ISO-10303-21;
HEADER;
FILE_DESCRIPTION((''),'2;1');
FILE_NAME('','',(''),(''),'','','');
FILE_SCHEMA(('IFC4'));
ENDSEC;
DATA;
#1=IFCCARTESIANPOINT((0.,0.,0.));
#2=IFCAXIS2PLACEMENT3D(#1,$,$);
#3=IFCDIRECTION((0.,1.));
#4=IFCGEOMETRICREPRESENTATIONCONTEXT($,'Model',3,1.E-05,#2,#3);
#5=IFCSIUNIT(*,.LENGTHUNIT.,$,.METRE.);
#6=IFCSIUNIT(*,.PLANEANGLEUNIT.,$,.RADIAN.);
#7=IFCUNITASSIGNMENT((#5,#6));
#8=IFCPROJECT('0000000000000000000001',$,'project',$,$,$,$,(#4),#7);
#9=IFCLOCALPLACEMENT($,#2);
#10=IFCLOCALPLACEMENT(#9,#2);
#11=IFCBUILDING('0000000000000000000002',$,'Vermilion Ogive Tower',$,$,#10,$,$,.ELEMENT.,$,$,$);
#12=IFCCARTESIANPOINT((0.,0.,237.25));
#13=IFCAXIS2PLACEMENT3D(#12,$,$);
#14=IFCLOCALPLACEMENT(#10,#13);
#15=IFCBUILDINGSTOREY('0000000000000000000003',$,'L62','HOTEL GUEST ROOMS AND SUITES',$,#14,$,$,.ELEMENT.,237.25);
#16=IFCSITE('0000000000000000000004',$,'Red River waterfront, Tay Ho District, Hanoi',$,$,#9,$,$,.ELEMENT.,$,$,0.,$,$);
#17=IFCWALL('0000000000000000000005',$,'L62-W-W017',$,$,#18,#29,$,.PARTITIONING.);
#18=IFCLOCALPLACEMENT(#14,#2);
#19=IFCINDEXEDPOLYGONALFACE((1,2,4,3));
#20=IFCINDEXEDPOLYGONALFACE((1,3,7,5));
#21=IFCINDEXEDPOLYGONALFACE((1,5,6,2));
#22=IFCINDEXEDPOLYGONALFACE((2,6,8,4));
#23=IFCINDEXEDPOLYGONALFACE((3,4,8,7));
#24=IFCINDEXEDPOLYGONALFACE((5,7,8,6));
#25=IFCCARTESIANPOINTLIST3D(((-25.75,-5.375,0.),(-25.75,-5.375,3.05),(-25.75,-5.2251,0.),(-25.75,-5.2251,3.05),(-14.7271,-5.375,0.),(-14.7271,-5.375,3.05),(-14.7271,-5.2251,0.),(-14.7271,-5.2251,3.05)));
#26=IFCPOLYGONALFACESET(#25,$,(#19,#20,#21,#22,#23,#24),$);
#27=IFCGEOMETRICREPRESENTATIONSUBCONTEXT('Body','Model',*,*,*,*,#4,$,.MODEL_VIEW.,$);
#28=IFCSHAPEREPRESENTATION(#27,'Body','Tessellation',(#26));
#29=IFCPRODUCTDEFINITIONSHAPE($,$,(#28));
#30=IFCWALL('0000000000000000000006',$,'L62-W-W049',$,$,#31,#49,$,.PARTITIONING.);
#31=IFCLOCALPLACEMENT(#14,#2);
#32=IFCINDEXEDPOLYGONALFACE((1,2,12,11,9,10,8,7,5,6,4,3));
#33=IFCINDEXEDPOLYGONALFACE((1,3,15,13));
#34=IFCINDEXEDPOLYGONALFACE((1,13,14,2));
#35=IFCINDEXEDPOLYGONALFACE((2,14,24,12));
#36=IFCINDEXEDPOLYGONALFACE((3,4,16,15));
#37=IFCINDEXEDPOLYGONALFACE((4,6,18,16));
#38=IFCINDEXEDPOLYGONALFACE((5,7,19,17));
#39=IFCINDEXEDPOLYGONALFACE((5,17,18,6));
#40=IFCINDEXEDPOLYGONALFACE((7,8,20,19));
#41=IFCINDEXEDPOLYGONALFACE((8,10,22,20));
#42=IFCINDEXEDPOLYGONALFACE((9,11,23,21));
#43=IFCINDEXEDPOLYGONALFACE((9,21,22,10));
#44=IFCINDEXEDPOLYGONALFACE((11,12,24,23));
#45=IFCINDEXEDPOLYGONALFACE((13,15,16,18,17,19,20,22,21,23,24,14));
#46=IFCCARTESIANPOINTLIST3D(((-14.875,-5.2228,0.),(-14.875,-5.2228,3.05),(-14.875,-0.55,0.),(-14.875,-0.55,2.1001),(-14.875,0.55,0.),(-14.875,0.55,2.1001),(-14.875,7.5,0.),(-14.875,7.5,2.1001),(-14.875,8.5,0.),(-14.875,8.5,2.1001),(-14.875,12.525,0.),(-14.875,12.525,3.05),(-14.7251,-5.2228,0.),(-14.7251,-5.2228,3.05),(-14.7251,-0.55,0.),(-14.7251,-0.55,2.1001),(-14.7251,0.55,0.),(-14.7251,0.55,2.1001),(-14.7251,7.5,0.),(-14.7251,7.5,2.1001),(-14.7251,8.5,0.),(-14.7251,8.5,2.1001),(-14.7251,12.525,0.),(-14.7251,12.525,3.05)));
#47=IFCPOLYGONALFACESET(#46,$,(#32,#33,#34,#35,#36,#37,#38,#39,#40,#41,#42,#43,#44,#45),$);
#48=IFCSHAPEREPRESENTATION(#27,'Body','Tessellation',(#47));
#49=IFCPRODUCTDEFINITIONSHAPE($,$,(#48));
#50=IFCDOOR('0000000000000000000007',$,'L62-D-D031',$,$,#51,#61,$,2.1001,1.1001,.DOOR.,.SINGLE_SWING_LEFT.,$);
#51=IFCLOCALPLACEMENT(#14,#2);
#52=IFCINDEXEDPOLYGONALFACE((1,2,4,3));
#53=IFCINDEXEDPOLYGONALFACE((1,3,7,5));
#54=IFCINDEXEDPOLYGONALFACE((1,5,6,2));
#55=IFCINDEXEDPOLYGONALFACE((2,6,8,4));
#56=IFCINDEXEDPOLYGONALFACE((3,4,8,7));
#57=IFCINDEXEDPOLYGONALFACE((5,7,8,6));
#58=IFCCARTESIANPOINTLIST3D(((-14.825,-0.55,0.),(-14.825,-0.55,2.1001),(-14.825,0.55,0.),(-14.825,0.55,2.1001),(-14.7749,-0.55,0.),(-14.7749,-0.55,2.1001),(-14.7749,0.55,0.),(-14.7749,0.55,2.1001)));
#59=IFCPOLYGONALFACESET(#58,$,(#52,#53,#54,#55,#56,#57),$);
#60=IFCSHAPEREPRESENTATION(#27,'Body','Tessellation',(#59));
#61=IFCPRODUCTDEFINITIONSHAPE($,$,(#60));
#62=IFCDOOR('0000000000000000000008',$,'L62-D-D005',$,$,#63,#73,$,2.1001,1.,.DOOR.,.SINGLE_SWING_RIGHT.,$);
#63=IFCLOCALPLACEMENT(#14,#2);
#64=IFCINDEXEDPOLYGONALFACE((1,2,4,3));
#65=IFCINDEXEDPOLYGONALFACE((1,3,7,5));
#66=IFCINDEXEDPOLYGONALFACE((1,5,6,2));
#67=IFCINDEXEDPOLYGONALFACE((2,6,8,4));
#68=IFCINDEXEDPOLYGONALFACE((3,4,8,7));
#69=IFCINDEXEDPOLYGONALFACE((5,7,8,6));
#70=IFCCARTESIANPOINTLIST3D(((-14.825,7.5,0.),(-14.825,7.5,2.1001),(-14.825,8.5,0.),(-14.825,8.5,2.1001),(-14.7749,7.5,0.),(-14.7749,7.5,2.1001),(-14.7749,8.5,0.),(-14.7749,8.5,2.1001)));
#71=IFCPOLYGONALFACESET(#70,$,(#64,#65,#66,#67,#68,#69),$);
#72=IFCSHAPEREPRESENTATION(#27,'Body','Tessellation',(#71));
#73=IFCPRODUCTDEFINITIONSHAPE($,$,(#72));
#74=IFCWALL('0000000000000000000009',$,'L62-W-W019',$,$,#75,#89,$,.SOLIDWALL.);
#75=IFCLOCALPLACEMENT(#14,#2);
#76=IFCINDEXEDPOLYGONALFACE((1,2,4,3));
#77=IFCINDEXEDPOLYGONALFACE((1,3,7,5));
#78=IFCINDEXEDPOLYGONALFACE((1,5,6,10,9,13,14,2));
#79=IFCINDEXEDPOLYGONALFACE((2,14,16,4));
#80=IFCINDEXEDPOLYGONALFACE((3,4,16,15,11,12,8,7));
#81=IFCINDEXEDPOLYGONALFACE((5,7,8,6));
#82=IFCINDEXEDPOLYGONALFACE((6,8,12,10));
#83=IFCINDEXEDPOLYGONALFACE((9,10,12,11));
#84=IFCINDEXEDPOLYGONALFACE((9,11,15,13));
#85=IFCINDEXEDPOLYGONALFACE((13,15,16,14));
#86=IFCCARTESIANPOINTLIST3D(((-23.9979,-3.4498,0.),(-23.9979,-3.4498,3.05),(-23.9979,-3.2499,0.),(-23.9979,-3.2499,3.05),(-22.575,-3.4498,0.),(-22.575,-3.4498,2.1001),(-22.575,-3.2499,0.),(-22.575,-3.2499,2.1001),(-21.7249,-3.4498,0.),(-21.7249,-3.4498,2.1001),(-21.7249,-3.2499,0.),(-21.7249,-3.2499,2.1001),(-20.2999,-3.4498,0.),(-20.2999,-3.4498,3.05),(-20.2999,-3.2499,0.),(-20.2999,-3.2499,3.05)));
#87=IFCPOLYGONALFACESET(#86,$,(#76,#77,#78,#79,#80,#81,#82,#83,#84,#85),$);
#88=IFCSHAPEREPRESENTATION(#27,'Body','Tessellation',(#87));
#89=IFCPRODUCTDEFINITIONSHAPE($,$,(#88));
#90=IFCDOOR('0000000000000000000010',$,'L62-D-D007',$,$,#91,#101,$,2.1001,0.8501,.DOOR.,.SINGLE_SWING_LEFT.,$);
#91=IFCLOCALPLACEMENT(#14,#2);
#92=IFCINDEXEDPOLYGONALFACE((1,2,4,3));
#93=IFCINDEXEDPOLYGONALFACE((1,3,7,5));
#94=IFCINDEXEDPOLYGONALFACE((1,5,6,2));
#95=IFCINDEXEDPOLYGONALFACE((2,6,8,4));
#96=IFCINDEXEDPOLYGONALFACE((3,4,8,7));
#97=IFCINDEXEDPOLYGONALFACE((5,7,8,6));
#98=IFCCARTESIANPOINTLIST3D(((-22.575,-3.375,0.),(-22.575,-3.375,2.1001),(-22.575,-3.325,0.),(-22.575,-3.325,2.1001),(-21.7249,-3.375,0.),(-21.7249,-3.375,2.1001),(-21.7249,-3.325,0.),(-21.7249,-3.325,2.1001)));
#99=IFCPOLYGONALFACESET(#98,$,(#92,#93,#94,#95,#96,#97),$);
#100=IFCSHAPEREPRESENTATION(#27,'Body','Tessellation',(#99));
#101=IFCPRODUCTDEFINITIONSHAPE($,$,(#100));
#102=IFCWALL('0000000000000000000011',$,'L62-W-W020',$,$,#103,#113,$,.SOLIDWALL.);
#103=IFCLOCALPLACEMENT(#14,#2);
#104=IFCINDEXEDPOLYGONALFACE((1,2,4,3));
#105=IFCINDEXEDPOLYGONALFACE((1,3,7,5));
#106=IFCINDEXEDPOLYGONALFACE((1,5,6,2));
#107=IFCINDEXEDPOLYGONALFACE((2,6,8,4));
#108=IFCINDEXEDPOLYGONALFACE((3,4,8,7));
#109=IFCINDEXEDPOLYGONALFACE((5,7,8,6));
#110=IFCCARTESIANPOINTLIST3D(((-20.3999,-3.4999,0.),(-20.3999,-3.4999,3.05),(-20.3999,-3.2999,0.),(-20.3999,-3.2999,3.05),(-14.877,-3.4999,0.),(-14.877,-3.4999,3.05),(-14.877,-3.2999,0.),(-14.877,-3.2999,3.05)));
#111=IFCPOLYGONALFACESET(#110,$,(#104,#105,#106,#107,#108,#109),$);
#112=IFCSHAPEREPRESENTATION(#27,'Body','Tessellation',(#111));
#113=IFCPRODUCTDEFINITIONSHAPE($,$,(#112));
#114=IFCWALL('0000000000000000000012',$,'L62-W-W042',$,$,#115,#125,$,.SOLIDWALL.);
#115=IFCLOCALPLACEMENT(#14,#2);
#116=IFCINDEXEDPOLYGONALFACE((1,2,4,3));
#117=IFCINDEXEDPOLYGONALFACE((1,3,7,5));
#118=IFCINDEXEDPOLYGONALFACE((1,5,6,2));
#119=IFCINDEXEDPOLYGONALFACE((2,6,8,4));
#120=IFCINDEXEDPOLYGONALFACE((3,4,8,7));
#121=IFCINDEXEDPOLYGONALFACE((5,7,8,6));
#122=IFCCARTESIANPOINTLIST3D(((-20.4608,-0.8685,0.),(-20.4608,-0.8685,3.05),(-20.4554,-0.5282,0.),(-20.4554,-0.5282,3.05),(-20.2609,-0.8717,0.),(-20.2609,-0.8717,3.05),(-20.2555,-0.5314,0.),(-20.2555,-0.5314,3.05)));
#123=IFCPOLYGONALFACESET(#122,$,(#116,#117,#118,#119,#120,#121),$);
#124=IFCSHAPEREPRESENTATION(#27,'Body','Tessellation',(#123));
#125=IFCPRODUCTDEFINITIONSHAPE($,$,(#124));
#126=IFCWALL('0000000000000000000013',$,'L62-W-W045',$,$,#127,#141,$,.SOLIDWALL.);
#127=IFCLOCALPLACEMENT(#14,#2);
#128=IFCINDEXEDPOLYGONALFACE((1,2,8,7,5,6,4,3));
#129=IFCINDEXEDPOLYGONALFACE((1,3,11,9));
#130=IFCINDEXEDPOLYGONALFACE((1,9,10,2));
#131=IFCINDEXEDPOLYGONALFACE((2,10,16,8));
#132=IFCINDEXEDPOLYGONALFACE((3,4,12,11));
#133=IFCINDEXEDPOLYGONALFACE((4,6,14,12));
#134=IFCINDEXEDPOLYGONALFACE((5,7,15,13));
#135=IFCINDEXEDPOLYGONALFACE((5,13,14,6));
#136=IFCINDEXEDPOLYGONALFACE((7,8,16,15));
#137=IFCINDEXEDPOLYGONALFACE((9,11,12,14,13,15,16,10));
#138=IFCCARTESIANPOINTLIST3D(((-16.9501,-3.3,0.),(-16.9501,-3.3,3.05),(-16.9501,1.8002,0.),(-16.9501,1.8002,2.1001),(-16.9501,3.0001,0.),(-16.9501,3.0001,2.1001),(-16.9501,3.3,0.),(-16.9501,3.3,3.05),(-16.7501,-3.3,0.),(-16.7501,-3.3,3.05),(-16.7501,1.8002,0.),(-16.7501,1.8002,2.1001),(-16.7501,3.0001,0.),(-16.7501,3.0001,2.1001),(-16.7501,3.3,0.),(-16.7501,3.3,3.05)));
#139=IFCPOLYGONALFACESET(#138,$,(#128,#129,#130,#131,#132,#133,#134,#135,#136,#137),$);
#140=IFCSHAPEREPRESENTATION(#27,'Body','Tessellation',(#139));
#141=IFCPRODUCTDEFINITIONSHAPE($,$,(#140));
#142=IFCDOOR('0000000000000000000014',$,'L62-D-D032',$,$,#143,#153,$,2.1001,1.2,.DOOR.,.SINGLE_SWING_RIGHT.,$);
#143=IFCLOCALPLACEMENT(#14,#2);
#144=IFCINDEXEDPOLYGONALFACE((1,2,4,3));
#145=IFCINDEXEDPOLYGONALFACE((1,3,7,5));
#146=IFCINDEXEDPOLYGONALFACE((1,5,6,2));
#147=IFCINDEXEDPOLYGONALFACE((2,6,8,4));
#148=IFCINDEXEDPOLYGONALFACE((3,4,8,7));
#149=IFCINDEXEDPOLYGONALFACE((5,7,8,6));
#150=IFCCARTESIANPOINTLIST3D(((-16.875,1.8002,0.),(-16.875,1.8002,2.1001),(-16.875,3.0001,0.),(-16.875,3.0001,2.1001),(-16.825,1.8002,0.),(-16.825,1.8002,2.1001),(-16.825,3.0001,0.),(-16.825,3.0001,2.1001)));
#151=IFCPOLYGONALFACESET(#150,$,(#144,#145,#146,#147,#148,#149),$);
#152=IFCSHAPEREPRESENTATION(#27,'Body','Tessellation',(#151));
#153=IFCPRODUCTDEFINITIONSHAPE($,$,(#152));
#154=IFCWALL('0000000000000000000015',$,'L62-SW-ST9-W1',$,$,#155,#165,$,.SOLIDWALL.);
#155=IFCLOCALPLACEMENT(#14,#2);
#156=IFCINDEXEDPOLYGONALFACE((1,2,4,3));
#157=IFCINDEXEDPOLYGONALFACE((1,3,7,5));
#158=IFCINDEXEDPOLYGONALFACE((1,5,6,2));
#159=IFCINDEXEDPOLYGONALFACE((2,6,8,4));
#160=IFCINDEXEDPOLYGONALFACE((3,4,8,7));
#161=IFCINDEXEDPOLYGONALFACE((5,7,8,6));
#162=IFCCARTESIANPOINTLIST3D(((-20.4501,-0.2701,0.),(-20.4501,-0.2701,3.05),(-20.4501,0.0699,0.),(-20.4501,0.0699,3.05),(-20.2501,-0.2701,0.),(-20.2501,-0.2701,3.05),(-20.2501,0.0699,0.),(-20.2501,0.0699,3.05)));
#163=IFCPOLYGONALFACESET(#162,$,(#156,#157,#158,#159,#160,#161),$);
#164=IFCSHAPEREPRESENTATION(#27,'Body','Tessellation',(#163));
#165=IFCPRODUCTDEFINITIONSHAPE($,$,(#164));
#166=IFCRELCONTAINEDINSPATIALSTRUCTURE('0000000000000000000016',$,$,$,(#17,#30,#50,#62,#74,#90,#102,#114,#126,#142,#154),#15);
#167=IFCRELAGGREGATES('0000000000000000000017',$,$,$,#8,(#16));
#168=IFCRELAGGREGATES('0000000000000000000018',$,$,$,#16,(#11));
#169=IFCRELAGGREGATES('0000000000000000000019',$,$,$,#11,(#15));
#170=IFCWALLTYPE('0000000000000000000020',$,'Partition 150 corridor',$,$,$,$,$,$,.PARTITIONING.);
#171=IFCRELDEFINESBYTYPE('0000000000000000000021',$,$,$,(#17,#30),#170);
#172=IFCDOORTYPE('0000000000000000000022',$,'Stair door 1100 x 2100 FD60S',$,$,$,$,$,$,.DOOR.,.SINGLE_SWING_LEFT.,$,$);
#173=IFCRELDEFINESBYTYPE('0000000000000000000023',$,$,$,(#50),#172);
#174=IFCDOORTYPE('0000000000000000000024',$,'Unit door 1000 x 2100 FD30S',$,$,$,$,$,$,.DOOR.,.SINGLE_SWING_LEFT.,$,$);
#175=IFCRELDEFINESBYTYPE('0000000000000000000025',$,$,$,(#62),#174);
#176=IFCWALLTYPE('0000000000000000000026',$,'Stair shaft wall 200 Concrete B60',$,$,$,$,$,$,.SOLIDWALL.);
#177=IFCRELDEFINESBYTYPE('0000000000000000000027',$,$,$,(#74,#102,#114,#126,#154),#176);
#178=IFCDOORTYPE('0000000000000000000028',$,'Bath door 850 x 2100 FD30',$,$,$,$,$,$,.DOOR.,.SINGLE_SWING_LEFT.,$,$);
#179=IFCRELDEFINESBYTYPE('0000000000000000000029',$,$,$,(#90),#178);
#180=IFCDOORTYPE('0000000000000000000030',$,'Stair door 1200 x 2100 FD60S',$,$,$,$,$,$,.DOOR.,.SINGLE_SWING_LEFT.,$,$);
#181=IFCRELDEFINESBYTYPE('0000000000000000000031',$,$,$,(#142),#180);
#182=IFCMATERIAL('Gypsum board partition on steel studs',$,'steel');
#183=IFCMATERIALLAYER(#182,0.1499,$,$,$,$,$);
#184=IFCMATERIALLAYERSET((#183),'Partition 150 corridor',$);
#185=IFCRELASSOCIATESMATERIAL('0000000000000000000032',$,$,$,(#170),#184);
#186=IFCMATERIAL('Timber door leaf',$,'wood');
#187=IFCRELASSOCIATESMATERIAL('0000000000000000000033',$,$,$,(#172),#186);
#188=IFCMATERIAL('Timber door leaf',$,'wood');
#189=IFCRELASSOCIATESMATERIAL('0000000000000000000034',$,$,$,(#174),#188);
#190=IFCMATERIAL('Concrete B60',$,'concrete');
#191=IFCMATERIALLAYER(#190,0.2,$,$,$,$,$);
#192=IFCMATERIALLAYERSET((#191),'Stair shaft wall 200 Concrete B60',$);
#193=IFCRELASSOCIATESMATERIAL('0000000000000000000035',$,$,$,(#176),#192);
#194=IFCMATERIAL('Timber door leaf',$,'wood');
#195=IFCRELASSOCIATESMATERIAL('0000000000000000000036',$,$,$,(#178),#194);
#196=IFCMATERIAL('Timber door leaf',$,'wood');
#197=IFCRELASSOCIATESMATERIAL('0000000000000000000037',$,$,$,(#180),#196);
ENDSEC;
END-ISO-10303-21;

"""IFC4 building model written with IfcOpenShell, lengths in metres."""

from ifc_helpers import new_model, si_unit, direction, frame, frame_2d, origin, place, context, subcontext, project, spatial, rectangle, extrude, material, layer, layer_set, type_object, element, fill, save


model = new_model("IFC4")

# Units and contexts
model_context = context("Model", 3, precision=1e-05, world=origin(), true_north=direction((0.0, 1.0)))
body_context = subcontext(model_context, "Body", "Model", "MODEL_VIEW")
ifc_project = project(units=[si_unit("LENGTHUNIT", "METRE"), si_unit("PLANEANGLEUNIT", "RADIAN")], contexts=[model_context])

# Site, building, storey
site_placement = place(None, origin())
site = spatial("IfcSite", under=ifc_project, at=site_placement, Name="Red River waterfront, Tay Ho District, Hanoi", CompositionType="ELEMENT", RefElevation=0.0)
building_placement = place(site_placement, origin())
building = spatial("IfcBuilding", under=site, at=building_placement, Name="Vermilion Ogive Tower", CompositionType="ELEMENT")
storey_placement = place(building_placement, frame((0.0, 0.0, 237.25)))
storey = spatial("IfcBuildingStorey", under=building, at=storey_placement, Name="L62", Description="HOTEL GUEST ROOMS AND SUITES", CompositionType="ELEMENT", Elevation=237.25)

# Wall
ifc_material_1 = material(Name="Gypsum board partition on steel studs", Category="steel")
ifc_layer_1 = layer(ifc_material_1, 0.1499)
ifc_layer_set_1 = layer_set([ifc_layer_1], Name="Partition 150 corridor")
wall_type_1 = type_object("IfcWallType", Name="Partition 150 corridor", PredefinedType="PARTITIONING", material=ifc_layer_set_1)
wall_1_placement = place(storey_placement, frame((-25.75, -5.3, 0.0), z_axis=(0.0, 0.0, 1.0), x_axis=(1.0, 0.0, 0.0)))
element("IfcWall", 1, at=wall_1_placement, inside=storey, type_object=wall_type_1, Name="L62-W-W017", PredefinedType="PARTITIONING", context=body_context, shape_type="SweptSolid", body=[
    extrude(rectangle(XDim=11.0229, YDim=0.1499, at=frame_2d((5.5115, 0.0))), origin(), (0.0, 0.0, 1.0), 3.05),
])

# Wall, openings, doors
wall_2_placement = place(storey_placement, frame((-14.8, -5.2229, 0.0), z_axis=(0.0, 0.0, 1.0), x_axis=(0.0, 1.0, 0.0)))
wall_2 = element("IfcWall", 2, at=wall_2_placement, inside=storey, type_object=wall_type_1, Name="L62-W-W049", PredefinedType="PARTITIONING", context=body_context, shape_type="SweptSolid", body=[
    extrude(rectangle(XDim=17.7478, YDim=0.1499, at=frame_2d((8.874, 0.0))), origin(), (0.0, 0.0, 1.0), 3.05),
])
opening_1_placement = place(wall_2_placement, frame((12.7229, 0.0, 0.0)))
opening_1 = element("IfcOpeningElement", 3, at=opening_1_placement, cuts=wall_2, PredefinedType="OPENING", context=body_context, shape_type="SweptSolid", body=[
    extrude(rectangle(XDim=1.0, YDim=2.1001, at=frame_2d((0.5, 1.05))), frame((0.0, 0.085, 0.0), z_axis=(0.0, -1.0, 0.0), x_axis=(1.0, 0.0, 0.0)), (0.0, 0.0, 1.0), 0.1699),
])
opening_2_placement = place(wall_2_placement, frame((4.6729, 0.0, 0.0)))
opening_2 = element("IfcOpeningElement", 4, at=opening_2_placement, cuts=wall_2, PredefinedType="OPENING", context=body_context, shape_type="SweptSolid", body=[
    extrude(rectangle(XDim=1.1001, YDim=2.1001, at=frame_2d((0.55, 1.05))), frame((0.0, 0.085, 0.0), z_axis=(0.0, -1.0, 0.0), x_axis=(1.0, 0.0, 0.0)), (0.0, 0.0, 1.0), 0.1699),
])
ifc_material_2 = material(Name="Timber door leaf", Category="wood")
door_type_1 = type_object("IfcDoorType", Name="Stair door 1100 x 2100 FD60S", OperationType="SINGLE_SWING_LEFT", PredefinedType="DOOR", material=ifc_material_2)
door_1_placement = place(opening_2_placement, origin())
door_1 = element("IfcDoor", 5, at=door_1_placement, inside=storey, type_object=door_type_1, Name="L62-D-D031", OperationType="SINGLE_SWING_LEFT", OverallHeight=2.1001, OverallWidth=1.1001, PredefinedType="DOOR", context=body_context, shape_type="SweptSolid", body=[
    extrude(rectangle(XDim=1.1001, YDim=2.1001, at=frame_2d((0.55, 1.05))), frame((0.0, 0.0249, 0.0), z_axis=(0.0, -1.0, 0.0), x_axis=(1.0, 0.0, 0.0)), (0.0, 0.0, 1.0), 0.05),
])
fill(opening_2, door_1)
ifc_material_3 = material(Name="Timber door leaf", Category="wood")
door_type_2 = type_object("IfcDoorType", Name="Unit door 1000 x 2100 FD30S", OperationType="SINGLE_SWING_LEFT", PredefinedType="DOOR", material=ifc_material_3)
door_2_placement = place(opening_1_placement, origin())
door_2 = element("IfcDoor", 6, at=door_2_placement, inside=storey, type_object=door_type_2, Name="L62-D-D005", OperationType="SINGLE_SWING_RIGHT", OverallHeight=2.1001, OverallWidth=1.0, PredefinedType="DOOR", context=body_context, shape_type="SweptSolid", body=[
    extrude(rectangle(XDim=1.0, YDim=2.1001, at=frame_2d((0.5, 1.05))), frame((0.0, 0.0249, 0.0), z_axis=(0.0, -1.0, 0.0), x_axis=(1.0, 0.0, 0.0)), (0.0, 0.0, 1.0), 0.05),
])
fill(opening_1, door_2)

# Wall, opening, door
ifc_material_4 = material(Name="Concrete B60", Category="concrete")
ifc_layer_2 = layer(ifc_material_4, 0.2)
ifc_layer_set_2 = layer_set([ifc_layer_2], Name="Stair shaft wall 200 Concrete B60")
wall_type_2 = type_object("IfcWallType", Name="Stair shaft wall 200 Concrete B60", PredefinedType="SOLIDWALL", material=ifc_layer_set_2)
wall_3_placement = place(storey_placement, frame((-23.998, -3.3499, 0.0), z_axis=(0.0, 0.0, 1.0), x_axis=(1.0, 0.0, 0.0)))
wall_3 = element("IfcWall", 7, at=wall_3_placement, inside=storey, type_object=wall_type_2, Name="L62-W-W019", PredefinedType="SOLIDWALL", context=body_context, shape_type="SweptSolid", body=[
    extrude(rectangle(XDim=3.698, YDim=0.2, at=frame_2d((1.8491, 0.0))), origin(), (0.0, 0.0, 1.0), 3.05),
])
opening_3_placement = place(wall_3_placement, frame((1.4231, 0.0, 0.0)))
opening_3 = element("IfcOpeningElement", 8, at=opening_3_placement, cuts=wall_3, PredefinedType="OPENING", context=body_context, shape_type="SweptSolid", body=[
    extrude(rectangle(XDim=0.8501, YDim=2.1001, at=frame_2d((0.425, 1.05))), frame((0.0, 0.1099, 0.0), z_axis=(0.0, -1.0, 0.0), x_axis=(1.0, 0.0, 0.0)), (0.0, 0.0, 1.0), 0.22),
])
ifc_material_5 = material(Name="Timber door leaf", Category="wood")
door_type_3 = type_object("IfcDoorType", Name="Bath door 850 x 2100 FD30", OperationType="SINGLE_SWING_LEFT", PredefinedType="DOOR", material=ifc_material_5)
door_3_placement = place(opening_3_placement, origin())
door_3 = element("IfcDoor", 9, at=door_3_placement, inside=storey, type_object=door_type_3, Name="L62-D-D007", OperationType="SINGLE_SWING_LEFT", OverallHeight=2.1001, OverallWidth=0.8501, PredefinedType="DOOR", context=body_context, shape_type="SweptSolid", body=[
    extrude(rectangle(XDim=0.8501, YDim=2.1001, at=frame_2d((0.425, 1.05))), frame((0.0, 0.0249, 0.0), z_axis=(0.0, -1.0, 0.0), x_axis=(1.0, 0.0, 0.0)), (0.0, 0.0, 1.0), 0.05),
])
fill(opening_3, door_3)

# Walls
wall_4_placement = place(storey_placement, frame((-20.3999, -3.3999, 0.0), z_axis=(0.0, 0.0, 1.0), x_axis=(1.0, 0.0, 0.0)))
element("IfcWall", 10, at=wall_4_placement, inside=storey, type_object=wall_type_2, Name="L62-W-W020", PredefinedType="SOLIDWALL", context=body_context, shape_type="SweptSolid", body=[
    extrude(rectangle(XDim=5.5229, YDim=0.2, at=frame_2d((2.7615, 0.0))), origin(), (0.0, 0.0, 1.0), 3.05),
])
wall_5_placement = place(storey_placement, frame((-20.3608, -0.8701, 0.0), z_axis=(0.0, 0.0, 1.0), x_axis=(0.01578, 0.999875, 0.0)))
element("IfcWall", 11, at=wall_5_placement, inside=storey, type_object=wall_type_2, Name="L62-W-W042", PredefinedType="SOLIDWALL", context=body_context, shape_type="SweptSolid", body=[
    extrude(rectangle(XDim=0.3403, YDim=0.2, at=frame_2d((0.1702, 0.0))), origin(), (0.0, 0.0, 1.0), 3.05),
])

# Wall, opening, door
wall_6_placement = place(storey_placement, frame((-16.8501, -3.3, 0.0), z_axis=(0.0, 0.0, 1.0), x_axis=(0.0, 1.0, 0.0)))
wall_6 = element("IfcWall", 12, at=wall_6_placement, inside=storey, type_object=wall_type_2, Name="L62-W-W045", PredefinedType="SOLIDWALL", context=body_context, shape_type="SweptSolid", body=[
    extrude(rectangle(XDim=6.6001, YDim=0.2, at=frame_2d((3.3, 0.0))), origin(), (0.0, 0.0, 1.0), 3.05),
])
opening_4_placement = place(wall_6_placement, frame((5.1001, 0.0, 0.0)))
opening_4 = element("IfcOpeningElement", 13, at=opening_4_placement, cuts=wall_6, PredefinedType="OPENING", context=body_context, shape_type="SweptSolid", body=[
    extrude(rectangle(XDim=1.2, YDim=2.1001, at=frame_2d((0.6001, 1.05))), frame((0.0, 0.1099, 0.0), z_axis=(0.0, -1.0, 0.0), x_axis=(1.0, 0.0, 0.0)), (0.0, 0.0, 1.0), 0.22),
])
ifc_material_6 = material(Name="Timber door leaf", Category="wood")
door_type_4 = type_object("IfcDoorType", Name="Stair door 1200 x 2100 FD60S", OperationType="SINGLE_SWING_LEFT", PredefinedType="DOOR", material=ifc_material_6)
door_4_placement = place(opening_4_placement, origin())
door_4 = element("IfcDoor", 14, at=door_4_placement, inside=storey, type_object=door_type_4, Name="L62-D-D032", OperationType="SINGLE_SWING_RIGHT", OverallHeight=2.1001, OverallWidth=1.2, PredefinedType="DOOR", context=body_context, shape_type="SweptSolid", body=[
    extrude(rectangle(XDim=1.2, YDim=2.1001, at=frame_2d((0.6001, 1.05))), frame((0.0, 0.0249, 0.0), z_axis=(0.0, -1.0, 0.0), x_axis=(1.0, 0.0, 0.0)), (0.0, 0.0, 1.0), 0.05),
])
fill(opening_4, door_4)

# Wall
wall_7_placement = place(storey_placement, frame((-20.3501, -0.27, 0.0), z_axis=(0.0, 0.0, 1.0), x_axis=(0.0, 1.0, 0.0)))
element("IfcWall", 15, at=wall_7_placement, inside=storey, type_object=wall_type_2, Name="L62-SW-ST9-W1", PredefinedType="SOLIDWALL", context=body_context, shape_type="SweptSolid", body=[
    extrude(rectangle(XDim=0.3401, YDim=0.2, at=frame_2d((0.1699, 0.0))), origin(), (0.0, 0.0, 1.0), 3.05),
])

save(model, "model.ifc")
